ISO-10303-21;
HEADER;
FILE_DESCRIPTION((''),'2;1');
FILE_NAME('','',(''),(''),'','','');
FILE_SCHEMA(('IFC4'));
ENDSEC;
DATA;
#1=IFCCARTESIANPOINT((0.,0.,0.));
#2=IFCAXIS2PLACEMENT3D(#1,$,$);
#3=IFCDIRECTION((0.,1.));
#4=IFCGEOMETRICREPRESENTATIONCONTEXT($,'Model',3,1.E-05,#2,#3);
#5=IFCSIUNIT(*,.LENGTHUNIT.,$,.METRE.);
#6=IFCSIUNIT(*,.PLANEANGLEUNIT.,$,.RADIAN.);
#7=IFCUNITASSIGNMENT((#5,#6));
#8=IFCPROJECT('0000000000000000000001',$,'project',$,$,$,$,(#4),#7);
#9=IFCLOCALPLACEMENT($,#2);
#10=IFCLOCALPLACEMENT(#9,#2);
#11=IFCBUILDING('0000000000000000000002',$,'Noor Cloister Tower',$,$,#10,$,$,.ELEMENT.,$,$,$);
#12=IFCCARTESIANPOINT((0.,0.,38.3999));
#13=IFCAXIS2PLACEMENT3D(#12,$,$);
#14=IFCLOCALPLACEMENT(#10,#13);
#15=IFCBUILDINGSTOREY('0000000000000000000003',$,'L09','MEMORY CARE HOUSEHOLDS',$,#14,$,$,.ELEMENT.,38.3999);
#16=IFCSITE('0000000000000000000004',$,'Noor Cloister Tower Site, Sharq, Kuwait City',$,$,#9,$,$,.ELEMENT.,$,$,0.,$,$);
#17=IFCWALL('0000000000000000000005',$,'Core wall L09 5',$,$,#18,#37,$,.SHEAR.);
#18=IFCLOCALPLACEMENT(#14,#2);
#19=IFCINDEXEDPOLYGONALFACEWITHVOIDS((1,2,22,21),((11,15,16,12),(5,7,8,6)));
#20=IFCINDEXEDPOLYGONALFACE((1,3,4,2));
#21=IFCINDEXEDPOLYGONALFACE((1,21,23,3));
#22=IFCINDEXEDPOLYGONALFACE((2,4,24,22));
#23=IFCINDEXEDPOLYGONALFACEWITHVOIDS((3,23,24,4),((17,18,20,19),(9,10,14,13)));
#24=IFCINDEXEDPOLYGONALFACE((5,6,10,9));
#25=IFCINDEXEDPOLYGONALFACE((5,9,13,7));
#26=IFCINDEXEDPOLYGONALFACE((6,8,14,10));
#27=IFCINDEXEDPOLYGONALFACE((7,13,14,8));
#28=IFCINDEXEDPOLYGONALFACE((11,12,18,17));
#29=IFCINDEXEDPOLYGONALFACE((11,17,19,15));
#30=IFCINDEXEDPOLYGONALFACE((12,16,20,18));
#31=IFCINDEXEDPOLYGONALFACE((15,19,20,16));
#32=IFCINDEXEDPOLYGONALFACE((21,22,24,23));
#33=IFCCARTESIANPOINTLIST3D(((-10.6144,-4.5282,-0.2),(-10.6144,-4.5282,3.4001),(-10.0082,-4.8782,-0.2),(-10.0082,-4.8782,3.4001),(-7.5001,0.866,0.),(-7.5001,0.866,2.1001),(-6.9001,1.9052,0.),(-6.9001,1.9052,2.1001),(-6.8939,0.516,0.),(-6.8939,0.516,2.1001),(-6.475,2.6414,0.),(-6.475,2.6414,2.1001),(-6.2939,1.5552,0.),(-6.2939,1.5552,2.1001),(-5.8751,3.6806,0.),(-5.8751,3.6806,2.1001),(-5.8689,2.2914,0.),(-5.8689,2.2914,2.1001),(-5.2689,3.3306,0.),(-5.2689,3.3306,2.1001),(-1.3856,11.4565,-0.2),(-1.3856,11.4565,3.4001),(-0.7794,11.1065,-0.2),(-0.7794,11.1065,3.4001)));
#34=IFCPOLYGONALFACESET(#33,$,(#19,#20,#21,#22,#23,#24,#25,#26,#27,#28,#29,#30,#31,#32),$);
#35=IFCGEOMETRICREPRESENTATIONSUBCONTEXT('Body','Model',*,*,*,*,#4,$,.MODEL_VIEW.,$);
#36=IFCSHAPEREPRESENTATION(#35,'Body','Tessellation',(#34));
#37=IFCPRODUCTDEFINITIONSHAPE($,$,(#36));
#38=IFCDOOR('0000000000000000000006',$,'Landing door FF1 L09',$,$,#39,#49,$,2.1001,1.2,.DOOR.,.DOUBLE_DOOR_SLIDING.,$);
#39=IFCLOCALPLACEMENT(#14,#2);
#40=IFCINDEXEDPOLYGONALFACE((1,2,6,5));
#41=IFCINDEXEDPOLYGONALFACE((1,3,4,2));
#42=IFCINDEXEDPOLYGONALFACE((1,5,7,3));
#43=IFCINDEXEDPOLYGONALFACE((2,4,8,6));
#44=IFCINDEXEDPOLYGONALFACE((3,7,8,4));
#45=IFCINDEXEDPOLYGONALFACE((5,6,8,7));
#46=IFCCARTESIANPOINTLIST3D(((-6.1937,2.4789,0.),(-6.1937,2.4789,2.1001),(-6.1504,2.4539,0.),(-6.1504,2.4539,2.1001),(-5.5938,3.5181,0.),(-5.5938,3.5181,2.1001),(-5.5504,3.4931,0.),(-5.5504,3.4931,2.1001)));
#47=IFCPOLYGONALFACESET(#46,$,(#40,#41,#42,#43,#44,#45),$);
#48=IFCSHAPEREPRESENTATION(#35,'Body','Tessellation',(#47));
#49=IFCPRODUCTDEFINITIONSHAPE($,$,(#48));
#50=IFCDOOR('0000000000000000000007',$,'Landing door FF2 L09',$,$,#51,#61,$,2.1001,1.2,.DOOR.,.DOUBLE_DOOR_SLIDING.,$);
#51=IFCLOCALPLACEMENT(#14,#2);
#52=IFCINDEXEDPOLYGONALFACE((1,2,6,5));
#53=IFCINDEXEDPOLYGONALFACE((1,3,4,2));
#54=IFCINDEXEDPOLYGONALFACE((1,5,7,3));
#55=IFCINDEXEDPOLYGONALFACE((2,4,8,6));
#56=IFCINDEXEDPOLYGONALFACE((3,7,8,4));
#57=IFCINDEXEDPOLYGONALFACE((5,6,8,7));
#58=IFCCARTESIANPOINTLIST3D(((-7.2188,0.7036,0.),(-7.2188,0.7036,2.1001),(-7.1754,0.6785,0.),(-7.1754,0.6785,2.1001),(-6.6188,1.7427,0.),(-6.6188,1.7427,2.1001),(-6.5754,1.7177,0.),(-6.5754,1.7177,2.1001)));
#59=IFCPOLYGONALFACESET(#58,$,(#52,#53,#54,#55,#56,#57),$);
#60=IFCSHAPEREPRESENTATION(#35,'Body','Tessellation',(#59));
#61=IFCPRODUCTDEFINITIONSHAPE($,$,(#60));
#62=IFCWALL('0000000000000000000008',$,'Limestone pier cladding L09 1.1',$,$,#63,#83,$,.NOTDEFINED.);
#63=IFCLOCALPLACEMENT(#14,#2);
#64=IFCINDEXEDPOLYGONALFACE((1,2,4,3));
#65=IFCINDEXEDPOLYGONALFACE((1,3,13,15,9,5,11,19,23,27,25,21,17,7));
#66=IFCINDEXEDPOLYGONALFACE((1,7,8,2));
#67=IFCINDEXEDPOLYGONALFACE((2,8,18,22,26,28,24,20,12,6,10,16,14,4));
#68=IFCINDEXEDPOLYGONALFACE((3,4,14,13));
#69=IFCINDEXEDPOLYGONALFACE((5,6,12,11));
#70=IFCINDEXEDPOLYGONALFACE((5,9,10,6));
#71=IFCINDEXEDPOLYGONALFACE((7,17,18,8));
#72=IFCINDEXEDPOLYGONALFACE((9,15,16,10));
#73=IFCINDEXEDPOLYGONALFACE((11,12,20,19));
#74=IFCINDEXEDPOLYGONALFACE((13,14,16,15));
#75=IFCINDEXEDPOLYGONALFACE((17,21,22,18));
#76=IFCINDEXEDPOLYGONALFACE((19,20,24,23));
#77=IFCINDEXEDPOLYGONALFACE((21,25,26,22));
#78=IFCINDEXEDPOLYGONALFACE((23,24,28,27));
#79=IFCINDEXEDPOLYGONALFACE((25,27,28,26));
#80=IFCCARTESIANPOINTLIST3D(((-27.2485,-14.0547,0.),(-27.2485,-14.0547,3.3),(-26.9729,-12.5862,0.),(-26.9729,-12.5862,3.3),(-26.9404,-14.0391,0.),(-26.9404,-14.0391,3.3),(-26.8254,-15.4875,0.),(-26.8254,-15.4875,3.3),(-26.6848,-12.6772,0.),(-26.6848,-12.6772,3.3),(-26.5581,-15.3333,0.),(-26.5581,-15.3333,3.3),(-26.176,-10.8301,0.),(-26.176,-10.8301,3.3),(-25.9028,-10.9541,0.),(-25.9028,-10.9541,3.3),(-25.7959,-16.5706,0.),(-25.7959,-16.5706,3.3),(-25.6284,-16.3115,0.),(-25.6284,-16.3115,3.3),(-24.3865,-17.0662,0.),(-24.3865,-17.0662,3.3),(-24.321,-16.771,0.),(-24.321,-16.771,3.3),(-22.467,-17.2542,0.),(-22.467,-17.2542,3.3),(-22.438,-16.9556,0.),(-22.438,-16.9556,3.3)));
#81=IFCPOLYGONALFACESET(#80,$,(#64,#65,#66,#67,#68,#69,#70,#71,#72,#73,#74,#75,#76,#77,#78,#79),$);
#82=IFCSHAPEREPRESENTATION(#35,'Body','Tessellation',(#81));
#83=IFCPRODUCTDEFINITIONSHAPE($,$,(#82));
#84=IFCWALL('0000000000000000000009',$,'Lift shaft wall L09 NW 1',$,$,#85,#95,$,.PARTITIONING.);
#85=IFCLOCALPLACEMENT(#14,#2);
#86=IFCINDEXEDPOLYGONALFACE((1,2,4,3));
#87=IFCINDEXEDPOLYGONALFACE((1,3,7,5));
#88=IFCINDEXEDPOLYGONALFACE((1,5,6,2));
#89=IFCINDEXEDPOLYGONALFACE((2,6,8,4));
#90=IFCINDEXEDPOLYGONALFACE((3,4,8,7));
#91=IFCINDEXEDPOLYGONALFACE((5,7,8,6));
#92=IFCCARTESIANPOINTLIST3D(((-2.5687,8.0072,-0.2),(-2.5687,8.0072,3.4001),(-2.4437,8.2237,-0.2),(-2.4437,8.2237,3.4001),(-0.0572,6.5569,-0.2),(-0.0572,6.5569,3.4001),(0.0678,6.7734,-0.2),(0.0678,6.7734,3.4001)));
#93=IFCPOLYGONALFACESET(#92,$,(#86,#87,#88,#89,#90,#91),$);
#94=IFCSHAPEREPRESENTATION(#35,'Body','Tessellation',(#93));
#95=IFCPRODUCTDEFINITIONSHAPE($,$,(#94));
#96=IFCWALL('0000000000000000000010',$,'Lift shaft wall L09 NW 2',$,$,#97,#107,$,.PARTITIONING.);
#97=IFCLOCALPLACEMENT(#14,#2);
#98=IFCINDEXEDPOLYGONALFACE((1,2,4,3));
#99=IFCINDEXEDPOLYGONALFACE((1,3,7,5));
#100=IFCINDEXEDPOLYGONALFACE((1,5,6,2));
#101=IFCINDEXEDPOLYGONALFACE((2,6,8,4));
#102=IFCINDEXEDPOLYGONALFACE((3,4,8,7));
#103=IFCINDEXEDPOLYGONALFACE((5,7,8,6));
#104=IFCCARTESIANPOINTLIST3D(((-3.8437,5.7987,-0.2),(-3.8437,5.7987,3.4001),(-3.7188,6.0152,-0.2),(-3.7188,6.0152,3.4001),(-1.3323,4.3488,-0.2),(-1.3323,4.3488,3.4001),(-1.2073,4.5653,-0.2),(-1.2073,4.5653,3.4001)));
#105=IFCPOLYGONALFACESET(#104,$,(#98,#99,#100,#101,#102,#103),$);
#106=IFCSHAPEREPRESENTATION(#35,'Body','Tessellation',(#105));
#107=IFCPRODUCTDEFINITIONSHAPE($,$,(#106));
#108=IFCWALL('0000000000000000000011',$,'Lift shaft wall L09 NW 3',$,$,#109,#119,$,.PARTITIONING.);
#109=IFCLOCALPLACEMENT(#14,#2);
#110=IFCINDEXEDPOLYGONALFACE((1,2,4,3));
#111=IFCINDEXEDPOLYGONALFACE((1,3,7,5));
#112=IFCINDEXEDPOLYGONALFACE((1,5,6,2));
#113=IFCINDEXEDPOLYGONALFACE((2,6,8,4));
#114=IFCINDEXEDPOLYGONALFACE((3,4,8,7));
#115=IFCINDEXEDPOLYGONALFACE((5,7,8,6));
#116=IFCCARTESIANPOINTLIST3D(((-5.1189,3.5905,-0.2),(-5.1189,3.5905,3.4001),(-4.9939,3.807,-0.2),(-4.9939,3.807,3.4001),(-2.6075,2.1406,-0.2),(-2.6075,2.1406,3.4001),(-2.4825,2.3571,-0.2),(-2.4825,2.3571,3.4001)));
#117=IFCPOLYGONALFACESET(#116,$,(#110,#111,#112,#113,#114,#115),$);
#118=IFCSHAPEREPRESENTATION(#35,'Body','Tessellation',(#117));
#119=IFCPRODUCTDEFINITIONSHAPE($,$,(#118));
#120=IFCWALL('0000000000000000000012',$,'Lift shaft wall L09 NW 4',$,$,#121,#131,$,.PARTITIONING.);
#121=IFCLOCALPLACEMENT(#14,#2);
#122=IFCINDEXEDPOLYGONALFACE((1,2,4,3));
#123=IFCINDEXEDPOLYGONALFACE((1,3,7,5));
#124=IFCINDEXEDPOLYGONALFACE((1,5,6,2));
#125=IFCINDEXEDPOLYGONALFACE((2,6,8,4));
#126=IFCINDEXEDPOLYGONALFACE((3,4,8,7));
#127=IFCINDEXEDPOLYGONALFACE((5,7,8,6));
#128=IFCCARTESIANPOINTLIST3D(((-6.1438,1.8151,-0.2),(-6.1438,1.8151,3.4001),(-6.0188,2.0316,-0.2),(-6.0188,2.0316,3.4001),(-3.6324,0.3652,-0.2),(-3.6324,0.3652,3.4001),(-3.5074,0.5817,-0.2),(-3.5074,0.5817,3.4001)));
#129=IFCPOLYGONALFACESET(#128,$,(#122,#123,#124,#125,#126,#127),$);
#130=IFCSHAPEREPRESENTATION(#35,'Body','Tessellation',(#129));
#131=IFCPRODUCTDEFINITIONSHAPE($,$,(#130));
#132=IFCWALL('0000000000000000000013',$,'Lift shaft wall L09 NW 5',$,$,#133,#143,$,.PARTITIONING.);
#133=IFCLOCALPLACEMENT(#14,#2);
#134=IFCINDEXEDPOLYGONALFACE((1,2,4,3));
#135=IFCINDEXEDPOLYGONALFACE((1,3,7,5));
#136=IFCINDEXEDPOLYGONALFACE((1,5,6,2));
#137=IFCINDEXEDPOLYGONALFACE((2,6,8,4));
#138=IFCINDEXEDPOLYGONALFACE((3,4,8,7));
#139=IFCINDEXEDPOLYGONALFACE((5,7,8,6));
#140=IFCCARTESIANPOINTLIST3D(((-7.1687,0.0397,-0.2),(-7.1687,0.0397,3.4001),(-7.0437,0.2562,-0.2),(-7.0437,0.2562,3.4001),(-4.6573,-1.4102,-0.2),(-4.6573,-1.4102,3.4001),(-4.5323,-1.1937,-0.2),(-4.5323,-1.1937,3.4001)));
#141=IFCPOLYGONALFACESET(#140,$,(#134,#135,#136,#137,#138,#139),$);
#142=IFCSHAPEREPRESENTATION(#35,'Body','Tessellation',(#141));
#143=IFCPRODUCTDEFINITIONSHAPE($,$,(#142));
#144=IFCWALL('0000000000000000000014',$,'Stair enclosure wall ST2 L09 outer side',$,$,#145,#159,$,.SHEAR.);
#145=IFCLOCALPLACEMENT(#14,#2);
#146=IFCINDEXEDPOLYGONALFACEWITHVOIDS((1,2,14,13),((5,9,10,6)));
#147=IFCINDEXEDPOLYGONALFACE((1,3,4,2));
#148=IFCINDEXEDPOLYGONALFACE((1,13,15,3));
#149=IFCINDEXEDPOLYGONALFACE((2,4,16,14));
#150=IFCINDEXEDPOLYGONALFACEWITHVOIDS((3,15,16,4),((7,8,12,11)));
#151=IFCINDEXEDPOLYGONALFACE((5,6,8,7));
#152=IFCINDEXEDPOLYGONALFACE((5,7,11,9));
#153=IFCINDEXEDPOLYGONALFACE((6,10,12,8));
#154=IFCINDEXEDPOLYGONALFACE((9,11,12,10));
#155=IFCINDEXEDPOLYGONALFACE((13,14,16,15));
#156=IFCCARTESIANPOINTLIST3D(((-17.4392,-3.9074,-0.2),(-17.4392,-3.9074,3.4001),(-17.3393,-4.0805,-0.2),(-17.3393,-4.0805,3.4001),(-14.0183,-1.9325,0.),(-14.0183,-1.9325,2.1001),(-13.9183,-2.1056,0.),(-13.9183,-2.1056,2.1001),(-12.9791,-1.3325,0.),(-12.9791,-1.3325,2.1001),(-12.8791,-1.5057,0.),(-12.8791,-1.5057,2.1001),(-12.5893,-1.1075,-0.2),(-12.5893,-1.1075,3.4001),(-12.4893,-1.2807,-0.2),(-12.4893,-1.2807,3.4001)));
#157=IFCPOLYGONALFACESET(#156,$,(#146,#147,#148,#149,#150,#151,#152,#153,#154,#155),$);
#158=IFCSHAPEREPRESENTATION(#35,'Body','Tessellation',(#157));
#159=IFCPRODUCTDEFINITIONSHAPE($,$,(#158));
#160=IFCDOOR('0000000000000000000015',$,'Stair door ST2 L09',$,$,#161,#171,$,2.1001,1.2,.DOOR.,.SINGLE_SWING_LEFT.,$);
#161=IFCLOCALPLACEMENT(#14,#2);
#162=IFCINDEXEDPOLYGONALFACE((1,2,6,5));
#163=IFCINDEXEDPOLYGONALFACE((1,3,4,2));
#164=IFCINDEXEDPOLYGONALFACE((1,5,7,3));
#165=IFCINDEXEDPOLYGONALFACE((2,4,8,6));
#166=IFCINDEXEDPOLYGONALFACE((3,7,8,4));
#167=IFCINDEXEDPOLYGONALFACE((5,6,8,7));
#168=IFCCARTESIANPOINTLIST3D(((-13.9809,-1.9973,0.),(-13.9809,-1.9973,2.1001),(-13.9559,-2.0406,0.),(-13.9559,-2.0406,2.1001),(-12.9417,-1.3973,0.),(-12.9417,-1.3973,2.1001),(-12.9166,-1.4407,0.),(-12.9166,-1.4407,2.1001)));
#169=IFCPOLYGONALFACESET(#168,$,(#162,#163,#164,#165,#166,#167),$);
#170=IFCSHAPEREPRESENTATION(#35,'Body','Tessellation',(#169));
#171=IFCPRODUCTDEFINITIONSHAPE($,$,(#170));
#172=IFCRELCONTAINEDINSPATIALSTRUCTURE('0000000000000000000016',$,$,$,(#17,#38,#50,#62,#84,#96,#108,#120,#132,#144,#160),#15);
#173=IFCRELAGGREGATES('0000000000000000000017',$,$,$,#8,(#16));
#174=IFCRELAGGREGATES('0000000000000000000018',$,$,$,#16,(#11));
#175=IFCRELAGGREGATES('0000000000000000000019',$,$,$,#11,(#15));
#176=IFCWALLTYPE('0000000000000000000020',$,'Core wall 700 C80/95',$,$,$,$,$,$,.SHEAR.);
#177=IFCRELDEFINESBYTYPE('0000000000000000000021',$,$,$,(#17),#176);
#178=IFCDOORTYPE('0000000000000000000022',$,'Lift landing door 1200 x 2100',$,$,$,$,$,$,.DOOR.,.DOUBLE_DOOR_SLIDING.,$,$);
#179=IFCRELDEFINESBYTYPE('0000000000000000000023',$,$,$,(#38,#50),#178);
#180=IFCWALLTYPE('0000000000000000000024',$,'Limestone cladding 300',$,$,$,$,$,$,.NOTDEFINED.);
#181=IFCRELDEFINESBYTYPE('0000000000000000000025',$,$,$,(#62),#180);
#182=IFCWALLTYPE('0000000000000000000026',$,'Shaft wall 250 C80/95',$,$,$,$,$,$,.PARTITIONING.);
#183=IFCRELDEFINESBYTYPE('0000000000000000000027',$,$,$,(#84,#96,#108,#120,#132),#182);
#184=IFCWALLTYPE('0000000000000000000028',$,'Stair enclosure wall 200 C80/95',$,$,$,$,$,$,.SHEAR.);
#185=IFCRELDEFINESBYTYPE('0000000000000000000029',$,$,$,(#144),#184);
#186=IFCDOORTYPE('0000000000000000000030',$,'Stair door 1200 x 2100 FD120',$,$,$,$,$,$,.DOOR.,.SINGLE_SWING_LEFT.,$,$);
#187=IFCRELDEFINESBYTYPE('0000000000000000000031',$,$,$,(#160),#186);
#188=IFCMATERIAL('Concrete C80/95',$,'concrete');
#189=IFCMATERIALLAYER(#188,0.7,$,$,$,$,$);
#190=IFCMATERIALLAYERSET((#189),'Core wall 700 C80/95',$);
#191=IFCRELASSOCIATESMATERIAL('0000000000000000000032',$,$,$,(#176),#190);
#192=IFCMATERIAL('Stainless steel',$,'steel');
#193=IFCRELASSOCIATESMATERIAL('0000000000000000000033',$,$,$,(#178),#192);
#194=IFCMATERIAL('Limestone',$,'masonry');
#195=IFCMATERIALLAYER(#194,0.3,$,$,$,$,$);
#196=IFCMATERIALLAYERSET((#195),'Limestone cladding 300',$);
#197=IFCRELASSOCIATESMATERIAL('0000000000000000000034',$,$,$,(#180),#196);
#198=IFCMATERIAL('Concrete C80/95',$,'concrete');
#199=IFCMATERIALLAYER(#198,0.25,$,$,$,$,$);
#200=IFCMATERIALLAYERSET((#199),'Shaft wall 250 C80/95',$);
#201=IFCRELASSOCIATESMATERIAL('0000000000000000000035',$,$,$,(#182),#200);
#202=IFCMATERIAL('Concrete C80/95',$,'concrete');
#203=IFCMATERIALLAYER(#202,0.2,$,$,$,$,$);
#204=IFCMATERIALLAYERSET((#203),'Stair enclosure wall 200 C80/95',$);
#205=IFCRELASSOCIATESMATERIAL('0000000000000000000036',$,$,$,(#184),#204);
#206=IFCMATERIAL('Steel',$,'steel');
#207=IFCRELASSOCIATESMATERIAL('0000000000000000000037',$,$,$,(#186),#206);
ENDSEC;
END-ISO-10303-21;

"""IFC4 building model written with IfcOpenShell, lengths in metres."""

from ifc_helpers import new_model, si_unit, direction, frame, frame_2d, origin, place, context, subcontext, project, spatial, polyline, rectangle, outline, extrude, material, layer, layer_set, type_object, element, fill, save


model = new_model("IFC4")

# Units and contexts
model_context = context("Model", 3, precision=1e-05, world=origin(), true_north=direction((0.0, 1.0)))
body_context = subcontext(model_context, "Body", "Model", "MODEL_VIEW")
ifc_project = project(units=[si_unit("LENGTHUNIT", "METRE"), si_unit("PLANEANGLEUNIT", "RADIAN")], contexts=[model_context])

# Site, building, storey
site_placement = place(None, origin())
site = spatial("IfcSite", under=ifc_project, at=site_placement, Name="Noor Cloister Tower Site, Sharq, Kuwait City", CompositionType="ELEMENT", RefElevation=0.0)
building_placement = place(site_placement, origin())
building = spatial("IfcBuilding", under=site, at=building_placement, Name="Noor Cloister Tower", CompositionType="ELEMENT")
storey_placement = place(building_placement, frame((0.0, 0.0, 38.3999)))
storey = spatial("IfcBuildingStorey", under=building, at=storey_placement, Name="L09", Description="MEMORY CARE HOUSEHOLDS", CompositionType="ELEMENT", Elevation=38.3999)

# Wall, openings, doors
ifc_material_1 = material(Name="Concrete C80/95", Category="concrete")
ifc_layer_1 = layer(ifc_material_1, 0.7)
ifc_layer_set_1 = layer_set([ifc_layer_1], Name="Core wall 700 C80/95")
wall_type_1 = type_object("IfcWallType", Name="Core wall 700 C80/95", PredefinedType="SHEAR", material=ifc_layer_set_1)
wall_1_placement = place(storey_placement, frame((-1.0825, 11.2815, -0.2), z_axis=(0.0, 0.0, 1.0), x_axis=(-0.500001, -0.866025, 0.0)))
wall_1 = element("IfcWall", 1, at=wall_1_placement, inside=storey, type_object=wall_type_1, Name="Core wall L09 5", PredefinedType="SHEAR", context=body_context, shape_type="SweptSolid", body=[
    extrude(rectangle(XDim=18.4575, YDim=0.7, at=frame_2d((9.2288, 0.0))), origin(), (0.0, 0.0, 1.0), 3.6001),
])
opening_1_placement = place(wall_1_placement, frame((8.9788, 0.0, 0.2)))
opening_1 = element("IfcOpeningElement", 2, at=opening_1_placement, cuts=wall_1, PredefinedType="OPENING", context=body_context, shape_type="SweptSolid", body=[
    extrude(rectangle(XDim=1.2, YDim=2.1001, at=frame_2d((0.6001, 1.05))), frame((0.0, 0.3599, 0.0), z_axis=(0.0, -1.0, 0.0), x_axis=(1.0, 0.0, 0.0)), (0.0, 0.0, 1.0), 0.72),
])
opening_2_placement = place(wall_1_placement, frame((11.0288, 0.0, 0.2)))
opening_2 = element("IfcOpeningElement", 3, at=opening_2_placement, cuts=wall_1, PredefinedType="OPENING", context=body_context, shape_type="SweptSolid", body=[
    extrude(rectangle(XDim=1.2, YDim=2.1001, at=frame_2d((0.6001, 1.05))), frame((0.0, 0.3599, 0.0), z_axis=(0.0, -1.0, 0.0), x_axis=(1.0, 0.0, 0.0)), (0.0, 0.0, 1.0), 0.72),
])
ifc_material_2 = material(Name="Stainless steel", Category="steel")
door_type_1 = type_object("IfcDoorType", Name="Lift landing door 1200 x 2100", OperationType="DOUBLE_DOOR_SLIDING", PredefinedType="DOOR", material=ifc_material_2)
door_1_placement = place(opening_1_placement, origin())
door_1 = element("IfcDoor", 4, at=door_1_placement, inside=storey, type_object=door_type_1, Name="Landing door FF1 L09", OperationType="DOUBLE_DOOR_SLIDING", OverallHeight=2.1001, OverallWidth=1.2, PredefinedType="DOOR", context=body_context, shape_type="SweptSolid", body=[
    extrude(rectangle(XDim=1.2, YDim=2.1001, at=frame_2d((0.6001, 1.05))), frame((0.0, 0.0249, 0.0), z_axis=(0.0, -1.0, 0.0), x_axis=(1.0, 0.0, 0.0)), (0.0, 0.0, 1.0), 0.05),
])
fill(opening_1, door_1)
door_2_placement = place(opening_2_placement, origin())
door_2 = element("IfcDoor", 5, at=door_2_placement, inside=storey, type_object=door_type_1, Name="Landing door FF2 L09", OperationType="DOUBLE_DOOR_SLIDING", OverallHeight=2.1001, OverallWidth=1.2, PredefinedType="DOOR", context=body_context, shape_type="SweptSolid", body=[
    extrude(rectangle(XDim=1.2, YDim=2.1001, at=frame_2d((0.6001, 1.05))), frame((0.0, 0.0249, 0.0), z_axis=(0.0, -1.0, 0.0), x_axis=(1.0, 0.0, 0.0)), (0.0, 0.0, 1.0), 0.05),
])
fill(opening_2, door_2)

# Walls
ifc_material_3 = material(Name="Limestone", Category="masonry")
ifc_layer_2 = layer(ifc_material_3, 0.3)
ifc_layer_set_2 = layer_set([ifc_layer_2], Name="Limestone cladding 300")
wall_type_2 = type_object("IfcWallType", Name="Limestone cladding 300", PredefinedType="NOTDEFINED", material=ifc_layer_set_2)
wall_2_placement = place(storey_placement, origin())
element("IfcWall", 6, at=wall_2_placement, inside=storey, type_object=wall_type_2, Name="Limestone pier cladding L09 1.1", PredefinedType="NOTDEFINED", context=body_context, shape_type="SweptSolid", body=[
    extrude(outline(polyline([(-26.176, -10.8301), (-26.9729, -12.5862), (-27.2485, -14.0547), (-26.8254, -15.4875), (-25.7959, -16.5706), (-24.3865, -17.0662), (-22.467, -17.2542), (-22.438, -16.9556), (-24.321, -16.771), (-25.6284, -16.3115), (-26.5581, -15.3333), (-26.9404, -14.0391), (-26.6848, -12.6772), (-25.9028, -10.9541), (-26.176, -10.8301)])), origin(), (0.0, 0.0, 1.0), 3.3),
])
ifc_material_4 = material(Name="Concrete C80/95", Category="concrete")
ifc_layer_3 = layer(ifc_material_4, 0.25)
ifc_layer_set_3 = layer_set([ifc_layer_3], Name="Shaft wall 250 C80/95")
wall_type_3 = type_object("IfcWallType", Name="Shaft wall 250 C80/95", PredefinedType="PARTITIONING", material=ifc_layer_set_3)
wall_3_placement = place(storey_placement, frame((-2.5063, 8.1155, -0.2), z_axis=(0.0, 0.0, 1.0), x_axis=(0.865996, -0.50005, 0.0)))
element("IfcWall", 7, at=wall_3_placement, inside=storey, type_object=wall_type_3, Name="Lift shaft wall L09 NW 1", PredefinedType="PARTITIONING", context=body_context, shape_type="SweptSolid", body=[
    extrude(rectangle(XDim=2.9001, YDim=0.25, at=frame_2d((1.4502, 0.0))), origin(), (0.0, 0.0, 1.0), 3.6001),
])
for number, where, z_axis, x_axis, name in (
    (8, (-3.7812, 5.907, -0.2), (0.0, 0.0, 1.0), (0.866033, -0.499987, 0.0), "Lift shaft wall L09 NW 2"),
    (9, (-5.0564, 3.6987, -0.2), (0.0, 0.0, 1.0), (0.866033, -0.499987, 0.0), "Lift shaft wall L09 NW 3"),
    (10, (-6.0813, 1.9233, -0.2), (0.0, 0.0, 1.0), (0.866033, -0.499987, 0.0), "Lift shaft wall L09 NW 4"),
    (11, (-7.1062, 0.1479, -0.2), (0.0, 0.0, 1.0), (0.866033, -0.499987, 0.0), "Lift shaft wall L09 NW 5"),
):
    element("IfcWall", number, at=place(storey_placement, frame(where, z_axis=z_axis, x_axis=x_axis)), inside=storey, type_object=wall_type_3, Name=name, PredefinedType="PARTITIONING", context=body_context, shape_type="SweptSolid", body=[
        extrude(rectangle(XDim=2.8999, YDim=0.25, at=frame_2d((1.45, 0.0))), origin(), (0.0, 0.0, 1.0), 3.6001),
    ])

# Wall, opening, door
ifc_material_5 = material(Name="Concrete C80/95", Category="concrete")
ifc_layer_4 = layer(ifc_material_5, 0.2)
ifc_layer_set_4 = layer_set([ifc_layer_4], Name="Stair enclosure wall 200 C80/95")
wall_type_4 = type_object("IfcWallType", Name="Stair enclosure wall 200 C80/95", PredefinedType="SHEAR", material=ifc_layer_set_4)
wall_4_placement = place(storey_placement, frame((-12.5393, -1.1941, -0.2), z_axis=(0.0, 0.0, 1.0), x_axis=(-0.866045, -0.499965, 0.0)))
wall_4 = element("IfcWall", 12, at=wall_4_placement, inside=storey, type_object=wall_type_4, Name="Stair enclosure wall ST2 L09 outer side", PredefinedType="SHEAR", context=body_context, shape_type="SweptSolid", body=[
    extrude(rectangle(XDim=5.6001, YDim=0.2, at=frame_2d((2.8, 0.0))), origin(), (0.0, 0.0, 1.0), 3.6001),
])
opening_3_placement = place(wall_4_placement, frame((0.45, 0.0, 0.2)))
opening_3 = element("IfcOpeningElement", 13, at=opening_3_placement, cuts=wall_4, PredefinedType="OPENING", context=body_context, shape_type="SweptSolid", body=[
    extrude(rectangle(XDim=1.2, YDim=2.1001, at=frame_2d((0.6001, 1.05))), frame((0.0, 0.1099, 0.0), z_axis=(0.0, -1.0, 0.0), x_axis=(1.0, 0.0, 0.0)), (0.0, 0.0, 1.0), 0.22),
])
ifc_material_6 = material(Name="Steel", Category="steel")
door_type_2 = type_object("IfcDoorType", Name="Stair door 1200 x 2100 FD120", OperationType="SINGLE_SWING_LEFT", PredefinedType="DOOR", material=ifc_material_6)
door_3_placement = place(opening_3_placement, origin())
door_3 = element("IfcDoor", 14, at=door_3_placement, inside=storey, type_object=door_type_2, Name="Stair door ST2 L09", OperationType="SINGLE_SWING_LEFT", OverallHeight=2.1001, OverallWidth=1.2, PredefinedType="DOOR", context=body_context, shape_type="SweptSolid", body=[
    extrude(rectangle(XDim=1.2, YDim=2.1001, at=frame_2d((0.6001, 1.05))), frame((0.0, 0.0249, 0.0), z_axis=(0.0, -1.0, 0.0), x_axis=(1.0, 0.0, 0.0)), (0.0, 0.0, 1.0), 0.05),
])
fill(opening_3, door_3)

save(model, "model.ifc")
